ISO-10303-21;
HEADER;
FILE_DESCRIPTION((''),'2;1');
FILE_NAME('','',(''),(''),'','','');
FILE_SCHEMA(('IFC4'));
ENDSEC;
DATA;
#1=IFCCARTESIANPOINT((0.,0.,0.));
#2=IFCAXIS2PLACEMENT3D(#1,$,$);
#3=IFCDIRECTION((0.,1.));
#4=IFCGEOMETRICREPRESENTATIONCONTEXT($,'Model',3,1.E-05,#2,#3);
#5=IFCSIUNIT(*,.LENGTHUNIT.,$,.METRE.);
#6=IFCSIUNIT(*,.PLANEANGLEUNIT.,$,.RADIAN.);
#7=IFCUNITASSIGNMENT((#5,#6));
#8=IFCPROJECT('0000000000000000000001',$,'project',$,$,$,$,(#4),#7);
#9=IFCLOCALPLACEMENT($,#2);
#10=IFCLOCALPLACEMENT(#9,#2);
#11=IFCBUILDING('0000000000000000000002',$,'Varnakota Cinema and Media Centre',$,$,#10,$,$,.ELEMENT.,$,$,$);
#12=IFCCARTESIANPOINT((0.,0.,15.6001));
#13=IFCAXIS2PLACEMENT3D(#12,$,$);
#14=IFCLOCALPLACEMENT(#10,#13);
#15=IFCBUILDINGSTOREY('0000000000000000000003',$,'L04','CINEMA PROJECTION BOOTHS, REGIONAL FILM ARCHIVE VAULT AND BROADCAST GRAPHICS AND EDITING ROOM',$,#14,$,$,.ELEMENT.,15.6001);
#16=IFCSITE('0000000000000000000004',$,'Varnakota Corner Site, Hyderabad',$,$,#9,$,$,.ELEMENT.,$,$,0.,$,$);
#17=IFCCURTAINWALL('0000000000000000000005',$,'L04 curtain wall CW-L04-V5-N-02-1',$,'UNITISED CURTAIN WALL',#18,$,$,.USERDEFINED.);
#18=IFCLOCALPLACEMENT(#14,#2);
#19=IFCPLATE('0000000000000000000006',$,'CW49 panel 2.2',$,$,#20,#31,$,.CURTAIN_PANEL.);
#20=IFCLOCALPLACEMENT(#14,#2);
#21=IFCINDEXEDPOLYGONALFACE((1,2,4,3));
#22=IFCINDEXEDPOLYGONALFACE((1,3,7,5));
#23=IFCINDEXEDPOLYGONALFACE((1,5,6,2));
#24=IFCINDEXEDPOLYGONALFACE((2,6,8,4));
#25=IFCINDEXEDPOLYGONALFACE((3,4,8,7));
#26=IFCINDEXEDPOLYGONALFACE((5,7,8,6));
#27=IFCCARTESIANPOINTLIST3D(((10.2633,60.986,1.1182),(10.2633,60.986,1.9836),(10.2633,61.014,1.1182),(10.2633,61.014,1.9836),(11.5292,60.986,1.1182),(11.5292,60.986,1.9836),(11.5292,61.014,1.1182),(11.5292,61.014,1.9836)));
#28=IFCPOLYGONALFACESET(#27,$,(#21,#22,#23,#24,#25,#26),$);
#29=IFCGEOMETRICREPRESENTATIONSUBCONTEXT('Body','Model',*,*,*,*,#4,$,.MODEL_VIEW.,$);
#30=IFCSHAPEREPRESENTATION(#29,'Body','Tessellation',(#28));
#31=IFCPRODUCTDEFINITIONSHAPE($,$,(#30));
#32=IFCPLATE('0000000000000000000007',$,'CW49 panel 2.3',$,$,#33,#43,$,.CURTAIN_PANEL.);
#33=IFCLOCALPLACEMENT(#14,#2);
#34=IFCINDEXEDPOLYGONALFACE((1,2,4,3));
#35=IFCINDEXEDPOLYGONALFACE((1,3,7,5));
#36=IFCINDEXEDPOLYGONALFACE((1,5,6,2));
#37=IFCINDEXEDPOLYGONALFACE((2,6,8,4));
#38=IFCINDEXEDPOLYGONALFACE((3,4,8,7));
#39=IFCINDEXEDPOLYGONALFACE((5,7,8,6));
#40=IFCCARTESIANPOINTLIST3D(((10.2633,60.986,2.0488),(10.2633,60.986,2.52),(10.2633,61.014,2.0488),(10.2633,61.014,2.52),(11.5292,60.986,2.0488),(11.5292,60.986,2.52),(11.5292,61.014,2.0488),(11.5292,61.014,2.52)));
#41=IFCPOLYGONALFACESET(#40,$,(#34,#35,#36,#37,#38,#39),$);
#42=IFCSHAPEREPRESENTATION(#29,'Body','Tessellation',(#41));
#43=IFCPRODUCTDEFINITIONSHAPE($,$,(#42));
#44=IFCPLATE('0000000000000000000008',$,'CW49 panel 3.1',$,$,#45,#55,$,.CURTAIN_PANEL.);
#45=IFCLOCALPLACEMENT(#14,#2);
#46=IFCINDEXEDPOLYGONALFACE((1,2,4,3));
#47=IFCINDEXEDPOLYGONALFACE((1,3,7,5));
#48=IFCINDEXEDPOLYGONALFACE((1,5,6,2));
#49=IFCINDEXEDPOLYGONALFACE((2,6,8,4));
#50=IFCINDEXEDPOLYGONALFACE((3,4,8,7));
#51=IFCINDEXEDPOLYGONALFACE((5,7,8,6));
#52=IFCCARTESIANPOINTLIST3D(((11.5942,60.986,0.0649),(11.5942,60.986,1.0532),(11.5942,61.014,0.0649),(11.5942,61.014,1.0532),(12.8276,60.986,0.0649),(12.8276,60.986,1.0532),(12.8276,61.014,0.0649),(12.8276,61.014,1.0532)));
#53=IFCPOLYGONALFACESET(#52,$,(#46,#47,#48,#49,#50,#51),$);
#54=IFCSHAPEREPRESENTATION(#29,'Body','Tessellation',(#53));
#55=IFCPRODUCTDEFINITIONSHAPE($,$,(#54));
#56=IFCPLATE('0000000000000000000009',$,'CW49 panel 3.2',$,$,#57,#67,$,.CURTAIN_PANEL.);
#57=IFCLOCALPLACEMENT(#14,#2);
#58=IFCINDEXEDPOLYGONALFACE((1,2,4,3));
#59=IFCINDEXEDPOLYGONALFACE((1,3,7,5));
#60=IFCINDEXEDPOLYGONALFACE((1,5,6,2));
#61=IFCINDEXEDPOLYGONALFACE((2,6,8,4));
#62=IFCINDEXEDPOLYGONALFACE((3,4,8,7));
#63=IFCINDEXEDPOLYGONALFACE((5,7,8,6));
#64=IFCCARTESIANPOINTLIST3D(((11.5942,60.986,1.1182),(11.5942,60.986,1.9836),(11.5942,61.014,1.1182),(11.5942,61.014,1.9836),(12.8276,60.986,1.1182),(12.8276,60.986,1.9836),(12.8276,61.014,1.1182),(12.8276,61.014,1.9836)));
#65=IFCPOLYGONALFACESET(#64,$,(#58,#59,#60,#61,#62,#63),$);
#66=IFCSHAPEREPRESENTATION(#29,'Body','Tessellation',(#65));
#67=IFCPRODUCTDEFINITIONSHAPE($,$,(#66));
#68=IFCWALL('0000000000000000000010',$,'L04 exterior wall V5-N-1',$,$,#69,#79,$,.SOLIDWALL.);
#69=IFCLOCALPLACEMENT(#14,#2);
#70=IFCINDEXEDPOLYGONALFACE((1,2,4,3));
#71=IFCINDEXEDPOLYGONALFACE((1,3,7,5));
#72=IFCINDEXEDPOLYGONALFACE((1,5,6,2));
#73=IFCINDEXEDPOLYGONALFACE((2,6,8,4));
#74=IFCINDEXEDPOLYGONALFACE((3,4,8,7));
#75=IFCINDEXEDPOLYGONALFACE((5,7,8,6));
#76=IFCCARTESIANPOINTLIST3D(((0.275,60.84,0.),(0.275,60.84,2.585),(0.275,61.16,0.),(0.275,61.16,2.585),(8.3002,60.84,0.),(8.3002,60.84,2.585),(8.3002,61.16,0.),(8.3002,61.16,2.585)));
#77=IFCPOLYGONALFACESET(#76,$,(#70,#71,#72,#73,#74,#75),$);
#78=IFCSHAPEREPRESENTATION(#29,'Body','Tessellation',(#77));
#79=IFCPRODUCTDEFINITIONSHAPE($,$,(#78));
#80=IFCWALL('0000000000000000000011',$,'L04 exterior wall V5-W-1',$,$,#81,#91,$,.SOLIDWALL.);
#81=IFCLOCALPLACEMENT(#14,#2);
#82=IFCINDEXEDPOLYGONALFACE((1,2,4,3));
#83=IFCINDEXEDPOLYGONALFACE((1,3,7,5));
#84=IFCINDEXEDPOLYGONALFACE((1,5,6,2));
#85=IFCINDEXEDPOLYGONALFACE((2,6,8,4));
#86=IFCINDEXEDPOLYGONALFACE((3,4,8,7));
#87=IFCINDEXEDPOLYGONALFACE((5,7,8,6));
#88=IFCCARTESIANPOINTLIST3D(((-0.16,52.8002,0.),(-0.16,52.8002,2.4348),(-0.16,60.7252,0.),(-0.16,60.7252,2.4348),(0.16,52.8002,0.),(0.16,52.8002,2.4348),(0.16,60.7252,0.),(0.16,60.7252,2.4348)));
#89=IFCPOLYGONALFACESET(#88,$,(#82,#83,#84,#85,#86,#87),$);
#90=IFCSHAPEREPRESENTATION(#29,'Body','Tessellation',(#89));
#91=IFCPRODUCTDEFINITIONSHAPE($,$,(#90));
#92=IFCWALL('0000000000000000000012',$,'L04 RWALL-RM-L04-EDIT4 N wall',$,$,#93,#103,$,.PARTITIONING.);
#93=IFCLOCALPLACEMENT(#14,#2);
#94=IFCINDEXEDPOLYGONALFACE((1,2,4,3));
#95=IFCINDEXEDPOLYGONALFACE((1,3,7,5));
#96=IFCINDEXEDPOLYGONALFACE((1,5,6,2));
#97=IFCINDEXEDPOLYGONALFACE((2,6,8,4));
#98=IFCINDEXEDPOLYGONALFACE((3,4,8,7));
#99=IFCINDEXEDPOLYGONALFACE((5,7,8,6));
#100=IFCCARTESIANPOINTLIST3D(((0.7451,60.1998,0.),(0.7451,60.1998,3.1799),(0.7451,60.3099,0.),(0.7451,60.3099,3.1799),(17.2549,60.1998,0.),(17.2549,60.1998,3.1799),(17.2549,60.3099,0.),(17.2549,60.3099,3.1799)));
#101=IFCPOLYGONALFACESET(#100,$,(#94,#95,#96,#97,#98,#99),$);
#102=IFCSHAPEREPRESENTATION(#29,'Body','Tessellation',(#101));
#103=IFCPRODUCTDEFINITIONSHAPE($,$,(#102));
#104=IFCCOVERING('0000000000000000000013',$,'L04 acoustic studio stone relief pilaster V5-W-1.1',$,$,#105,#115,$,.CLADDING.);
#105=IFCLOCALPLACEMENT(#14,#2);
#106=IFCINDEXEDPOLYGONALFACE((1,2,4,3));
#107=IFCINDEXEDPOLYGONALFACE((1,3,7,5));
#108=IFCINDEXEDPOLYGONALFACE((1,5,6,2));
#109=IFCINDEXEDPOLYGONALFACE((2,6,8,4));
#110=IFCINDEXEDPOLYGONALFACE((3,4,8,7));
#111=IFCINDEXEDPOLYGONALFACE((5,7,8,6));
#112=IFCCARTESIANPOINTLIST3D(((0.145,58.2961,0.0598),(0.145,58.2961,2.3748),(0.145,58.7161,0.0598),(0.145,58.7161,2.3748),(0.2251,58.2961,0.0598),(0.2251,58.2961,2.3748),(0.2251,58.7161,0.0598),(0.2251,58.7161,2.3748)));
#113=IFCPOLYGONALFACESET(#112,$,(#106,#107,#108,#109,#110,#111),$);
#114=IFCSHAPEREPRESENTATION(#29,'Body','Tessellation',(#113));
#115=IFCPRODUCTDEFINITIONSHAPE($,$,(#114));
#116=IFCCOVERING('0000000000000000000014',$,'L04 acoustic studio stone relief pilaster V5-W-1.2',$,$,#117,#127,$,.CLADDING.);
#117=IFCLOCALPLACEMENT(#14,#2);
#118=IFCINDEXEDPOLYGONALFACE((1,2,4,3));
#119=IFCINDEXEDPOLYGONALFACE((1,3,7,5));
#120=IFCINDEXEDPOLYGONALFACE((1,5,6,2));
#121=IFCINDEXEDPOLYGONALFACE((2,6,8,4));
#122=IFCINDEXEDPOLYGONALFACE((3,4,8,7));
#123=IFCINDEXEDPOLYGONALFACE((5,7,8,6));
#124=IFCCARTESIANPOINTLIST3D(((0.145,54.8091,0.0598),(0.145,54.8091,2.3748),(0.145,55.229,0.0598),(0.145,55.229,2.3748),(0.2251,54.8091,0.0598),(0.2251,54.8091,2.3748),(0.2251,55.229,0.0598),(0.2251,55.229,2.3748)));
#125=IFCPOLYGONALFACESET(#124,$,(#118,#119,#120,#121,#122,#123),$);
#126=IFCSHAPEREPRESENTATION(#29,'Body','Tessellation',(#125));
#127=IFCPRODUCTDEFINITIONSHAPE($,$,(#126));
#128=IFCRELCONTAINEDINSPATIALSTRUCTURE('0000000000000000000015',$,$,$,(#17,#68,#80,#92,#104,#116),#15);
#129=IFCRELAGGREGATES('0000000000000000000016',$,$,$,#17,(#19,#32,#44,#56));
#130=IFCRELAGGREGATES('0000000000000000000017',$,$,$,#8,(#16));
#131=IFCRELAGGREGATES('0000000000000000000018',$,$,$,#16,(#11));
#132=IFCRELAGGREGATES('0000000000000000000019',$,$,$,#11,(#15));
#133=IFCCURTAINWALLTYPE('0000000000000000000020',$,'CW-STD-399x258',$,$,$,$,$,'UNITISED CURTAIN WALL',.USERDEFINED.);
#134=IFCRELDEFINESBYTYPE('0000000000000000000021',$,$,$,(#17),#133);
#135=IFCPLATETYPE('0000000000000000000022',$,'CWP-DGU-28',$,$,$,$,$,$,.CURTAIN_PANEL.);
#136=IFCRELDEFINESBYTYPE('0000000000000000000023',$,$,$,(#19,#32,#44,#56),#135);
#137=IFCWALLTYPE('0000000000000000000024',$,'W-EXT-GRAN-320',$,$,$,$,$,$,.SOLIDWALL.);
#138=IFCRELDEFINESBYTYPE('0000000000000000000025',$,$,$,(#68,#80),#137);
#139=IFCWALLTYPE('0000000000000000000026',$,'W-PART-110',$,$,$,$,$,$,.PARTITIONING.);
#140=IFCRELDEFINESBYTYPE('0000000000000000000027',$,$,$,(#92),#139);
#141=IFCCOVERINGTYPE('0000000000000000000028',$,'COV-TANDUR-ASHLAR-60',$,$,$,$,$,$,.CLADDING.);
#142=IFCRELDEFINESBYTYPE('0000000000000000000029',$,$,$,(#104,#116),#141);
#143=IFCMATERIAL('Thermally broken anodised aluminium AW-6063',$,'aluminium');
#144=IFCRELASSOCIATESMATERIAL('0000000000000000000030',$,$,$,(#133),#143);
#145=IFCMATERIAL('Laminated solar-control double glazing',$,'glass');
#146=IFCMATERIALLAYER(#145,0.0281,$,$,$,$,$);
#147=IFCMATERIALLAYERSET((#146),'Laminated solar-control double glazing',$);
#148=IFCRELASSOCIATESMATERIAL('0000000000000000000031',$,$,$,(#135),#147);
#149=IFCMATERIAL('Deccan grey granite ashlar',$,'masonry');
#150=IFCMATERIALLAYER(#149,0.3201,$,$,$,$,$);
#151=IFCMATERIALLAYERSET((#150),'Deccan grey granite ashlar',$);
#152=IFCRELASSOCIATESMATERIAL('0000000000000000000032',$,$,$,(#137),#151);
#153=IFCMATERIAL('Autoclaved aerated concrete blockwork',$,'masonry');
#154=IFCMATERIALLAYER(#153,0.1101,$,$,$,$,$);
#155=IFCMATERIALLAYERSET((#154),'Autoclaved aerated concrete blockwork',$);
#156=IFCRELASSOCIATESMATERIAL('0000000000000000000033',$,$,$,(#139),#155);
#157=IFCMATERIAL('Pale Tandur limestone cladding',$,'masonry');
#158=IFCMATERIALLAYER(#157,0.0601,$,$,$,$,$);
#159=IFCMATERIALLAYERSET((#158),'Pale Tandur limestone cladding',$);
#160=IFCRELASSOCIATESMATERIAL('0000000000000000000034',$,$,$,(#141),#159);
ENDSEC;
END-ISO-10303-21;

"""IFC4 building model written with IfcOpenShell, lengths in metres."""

from ifc_helpers import new_model, si_unit, direction, frame, frame_2d, origin, origin_2d, place, context, subcontext, project, spatial, rectangle, extrude, material, layer, layer_set, type_object, element, aggregate, save


model = new_model("IFC4")

# Units and contexts
model_context = context("Model", 3, precision=1e-05, world=origin(), true_north=direction((0.0, 1.0)))
body_context = subcontext(model_context, "Body", "Model", "MODEL_VIEW")
ifc_project = project(units=[si_unit("LENGTHUNIT", "METRE"), si_unit("PLANEANGLEUNIT", "RADIAN")], contexts=[model_context])

# Site, building, storey
site_placement = place(None, origin())
site = spatial("IfcSite", under=ifc_project, at=site_placement, Name="Varnakota Corner Site, Hyderabad", CompositionType="ELEMENT", RefElevation=0.0)
building_placement = place(site_placement, origin())
building = spatial("IfcBuilding", under=site, at=building_placement, Name="Varnakota Cinema and Media Centre", CompositionType="ELEMENT")
storey_placement = place(building_placement, frame((0.0, 0.0, 15.6001)))
storey = spatial("IfcBuildingStorey", under=building, at=storey_placement, Name="L04", Description="CINEMA PROJECTION BOOTHS, REGIONAL FILM ARCHIVE VAULT AND BROADCAST GRAPHICS AND EDITING ROOM", CompositionType="ELEMENT", Elevation=15.6001)

# Curtain wall, plates
ifc_material_1 = material(Name="Thermally broken anodised aluminium AW-6063", Category="aluminium")
curtain_wall_type = type_object("IfcCurtainWallType", Name="CW-STD-399x258", ElementType="UNITISED CURTAIN WALL", PredefinedType="USERDEFINED", material=ifc_material_1)
curtain_wall_placement = place(storey_placement, origin())
curtain_wall = element("IfcCurtainWall", 1, at=curtain_wall_placement, inside=storey, type_object=curtain_wall_type, Name="L04 curtain wall CW-L04-V5-N-02-1", ObjectType="UNITISED CURTAIN WALL", PredefinedType="USERDEFINED")
ifc_material_2 = material(Name="Laminated solar-control double glazing", Category="glass")
ifc_layer_1 = layer(ifc_material_2, 0.0281)
ifc_layer_set_1 = layer_set([ifc_layer_1], Name="Laminated solar-control double glazing")
plate_type = type_object("IfcPlateType", Name="CWP-DGU-28", PredefinedType="CURTAIN_PANEL", material=ifc_layer_set_1)
plate_1_placement = place(storey_placement, frame((10.8962, 61.0, 1.1182), z_axis=(0.0, 0.0, 1.0), x_axis=(1.0, 0.0, 0.0)))
plate_1 = element("IfcPlate", 2, at=plate_1_placement, type_object=plate_type, Name="CW49 panel 2.2", PredefinedType="CURTAIN_PANEL", context=body_context, shape_type="SweptSolid", body=[
    extrude(rectangle(XDim=1.2659, YDim=0.0281, at=origin_2d()), origin(), (0.0, 0.0, 1.0), 0.8655),
])
plate_2_placement = place(storey_placement, frame((10.8962, 61.0, 2.0488), z_axis=(0.0, 0.0, 1.0), x_axis=(1.0, 0.0, 0.0)))
plate_2 = element("IfcPlate", 3, at=plate_2_placement, type_object=plate_type, Name="CW49 panel 2.3", PredefinedType="CURTAIN_PANEL", context=body_context, shape_type="SweptSolid", body=[
    extrude(rectangle(XDim=1.2659, YDim=0.0281, at=origin_2d()), origin(), (0.0, 0.0, 1.0), 0.4712),
])
plate_3_placement = place(storey_placement, frame((12.2109, 61.0, 0.0649), z_axis=(0.0, 0.0, 1.0), x_axis=(1.0, 0.0, 0.0)))
plate_3 = element("IfcPlate", 4, at=plate_3_placement, type_object=plate_type, Name="CW49 panel 3.1", PredefinedType="CURTAIN_PANEL", context=body_context, shape_type="SweptSolid", body=[
    extrude(rectangle(XDim=1.2334, YDim=0.0281, at=origin_2d()), origin(), (0.0, 0.0, 1.0), 0.9883),
])
plate_4_placement = place(storey_placement, frame((12.2109, 61.0, 1.1182), z_axis=(0.0, 0.0, 1.0), x_axis=(1.0, 0.0, 0.0)))
plate_4 = element("IfcPlate", 5, at=plate_4_placement, type_object=plate_type, Name="CW49 panel 3.2", PredefinedType="CURTAIN_PANEL", context=body_context, shape_type="SweptSolid", body=[
    extrude(rectangle(XDim=1.2334, YDim=0.0281, at=origin_2d()), origin(), (0.0, 0.0, 1.0), 0.8655),
])
aggregate(curtain_wall, [plate_1, plate_2, plate_3, plate_4])

# Walls
ifc_material_3 = material(Name="Deccan grey granite ashlar", Category="masonry")
ifc_layer_2 = layer(ifc_material_3, 0.3201)
ifc_layer_set_2 = layer_set([ifc_layer_2], Name="Deccan grey granite ashlar")
wall_type_1 = type_object("IfcWallType", Name="W-EXT-GRAN-320", PredefinedType="SOLIDWALL", material=ifc_layer_set_2)
wall_1_placement = place(storey_placement, frame((0.2749, 61.0, 0.0), z_axis=(0.0, 0.0, 1.0), x_axis=(1.0, 0.0, 0.0)))
element("IfcWall", 6, at=wall_1_placement, inside=storey, type_object=wall_type_1, Name="L04 exterior wall V5-N-1", PredefinedType="SOLIDWALL", context=body_context, shape_type="SweptSolid", body=[
    extrude(rectangle(XDim=8.0251, YDim=0.3201, at=frame_2d((4.0127, 0.0))), origin(), (0.0, 0.0, 1.0), 2.585),
])
wall_2_placement = place(storey_placement, frame((0.0, 60.7251, 0.0), z_axis=(0.0, 0.0, 1.0), x_axis=(0.0, -1.0, 0.0)))
element("IfcWall", 7, at=wall_2_placement, inside=storey, type_object=wall_type_1, Name="L04 exterior wall V5-W-1", PredefinedType="SOLIDWALL", context=body_context, shape_type="SweptSolid", body=[
    extrude(rectangle(XDim=7.925, YDim=0.3201, at=frame_2d((3.9624, 0.0))), origin(), (0.0, 0.0, 1.0), 2.4348),
])
ifc_material_4 = material(Name="Autoclaved aerated concrete blockwork", Category="masonry")
ifc_layer_3 = layer(ifc_material_4, 0.1101)
ifc_layer_set_3 = layer_set([ifc_layer_3], Name="Autoclaved aerated concrete blockwork")
wall_type_2 = type_object("IfcWallType", Name="W-PART-110", PredefinedType="PARTITIONING", material=ifc_layer_set_3)
wall_3_placement = place(storey_placement, frame((0.7451, 60.2549, 0.0), z_axis=(0.0, 0.0, 1.0), x_axis=(1.0, 0.0, 0.0)))
element("IfcWall", 8, at=wall_3_placement, inside=storey, type_object=wall_type_2, Name="L04 RWALL-RM-L04-EDIT4 N wall", PredefinedType="PARTITIONING", context=body_context, shape_type="SweptSolid", body=[
    extrude(rectangle(XDim=16.5098, YDim=0.1101, at=frame_2d((8.2549, 0.0))), origin(), (0.0, 0.0, 1.0), 3.1799),
])

# Coverings
ifc_material_5 = material(Name="Pale Tandur limestone cladding", Category="masonry")
ifc_layer_4 = layer(ifc_material_5, 0.0601)
ifc_layer_set_4 = layer_set([ifc_layer_4], Name="Pale Tandur limestone cladding")
covering_type = type_object("IfcCoveringType", Name="COV-TANDUR-ASHLAR-60", PredefinedType="CLADDING", material=ifc_layer_set_4)
for number, where, z_axis, x_axis, name in (
    (9, (0.1851, 58.5061, 0.0598), (0.0, 0.0, 1.0), (0.0, -1.0, 0.0), "L04 acoustic studio stone relief pilaster V5-W-1.1"),
    (10, (0.1851, 55.019, 0.0598), (0.0, 0.0, 1.0), (0.0, -1.0, 0.0), "L04 acoustic studio stone relief pilaster V5-W-1.2"),
):
    element("IfcCovering", number, at=place(storey_placement, frame(where, z_axis=z_axis, x_axis=x_axis)), inside=storey, type_object=covering_type, Name=name, PredefinedType="CLADDING", context=body_context, shape_type="SweptSolid", body=[
        extrude(rectangle(XDim=0.4199, YDim=0.0801, at=origin_2d()), origin(), (0.0, 0.0, 1.0), 2.3149),
    ])

save(model, "model.ifc")
